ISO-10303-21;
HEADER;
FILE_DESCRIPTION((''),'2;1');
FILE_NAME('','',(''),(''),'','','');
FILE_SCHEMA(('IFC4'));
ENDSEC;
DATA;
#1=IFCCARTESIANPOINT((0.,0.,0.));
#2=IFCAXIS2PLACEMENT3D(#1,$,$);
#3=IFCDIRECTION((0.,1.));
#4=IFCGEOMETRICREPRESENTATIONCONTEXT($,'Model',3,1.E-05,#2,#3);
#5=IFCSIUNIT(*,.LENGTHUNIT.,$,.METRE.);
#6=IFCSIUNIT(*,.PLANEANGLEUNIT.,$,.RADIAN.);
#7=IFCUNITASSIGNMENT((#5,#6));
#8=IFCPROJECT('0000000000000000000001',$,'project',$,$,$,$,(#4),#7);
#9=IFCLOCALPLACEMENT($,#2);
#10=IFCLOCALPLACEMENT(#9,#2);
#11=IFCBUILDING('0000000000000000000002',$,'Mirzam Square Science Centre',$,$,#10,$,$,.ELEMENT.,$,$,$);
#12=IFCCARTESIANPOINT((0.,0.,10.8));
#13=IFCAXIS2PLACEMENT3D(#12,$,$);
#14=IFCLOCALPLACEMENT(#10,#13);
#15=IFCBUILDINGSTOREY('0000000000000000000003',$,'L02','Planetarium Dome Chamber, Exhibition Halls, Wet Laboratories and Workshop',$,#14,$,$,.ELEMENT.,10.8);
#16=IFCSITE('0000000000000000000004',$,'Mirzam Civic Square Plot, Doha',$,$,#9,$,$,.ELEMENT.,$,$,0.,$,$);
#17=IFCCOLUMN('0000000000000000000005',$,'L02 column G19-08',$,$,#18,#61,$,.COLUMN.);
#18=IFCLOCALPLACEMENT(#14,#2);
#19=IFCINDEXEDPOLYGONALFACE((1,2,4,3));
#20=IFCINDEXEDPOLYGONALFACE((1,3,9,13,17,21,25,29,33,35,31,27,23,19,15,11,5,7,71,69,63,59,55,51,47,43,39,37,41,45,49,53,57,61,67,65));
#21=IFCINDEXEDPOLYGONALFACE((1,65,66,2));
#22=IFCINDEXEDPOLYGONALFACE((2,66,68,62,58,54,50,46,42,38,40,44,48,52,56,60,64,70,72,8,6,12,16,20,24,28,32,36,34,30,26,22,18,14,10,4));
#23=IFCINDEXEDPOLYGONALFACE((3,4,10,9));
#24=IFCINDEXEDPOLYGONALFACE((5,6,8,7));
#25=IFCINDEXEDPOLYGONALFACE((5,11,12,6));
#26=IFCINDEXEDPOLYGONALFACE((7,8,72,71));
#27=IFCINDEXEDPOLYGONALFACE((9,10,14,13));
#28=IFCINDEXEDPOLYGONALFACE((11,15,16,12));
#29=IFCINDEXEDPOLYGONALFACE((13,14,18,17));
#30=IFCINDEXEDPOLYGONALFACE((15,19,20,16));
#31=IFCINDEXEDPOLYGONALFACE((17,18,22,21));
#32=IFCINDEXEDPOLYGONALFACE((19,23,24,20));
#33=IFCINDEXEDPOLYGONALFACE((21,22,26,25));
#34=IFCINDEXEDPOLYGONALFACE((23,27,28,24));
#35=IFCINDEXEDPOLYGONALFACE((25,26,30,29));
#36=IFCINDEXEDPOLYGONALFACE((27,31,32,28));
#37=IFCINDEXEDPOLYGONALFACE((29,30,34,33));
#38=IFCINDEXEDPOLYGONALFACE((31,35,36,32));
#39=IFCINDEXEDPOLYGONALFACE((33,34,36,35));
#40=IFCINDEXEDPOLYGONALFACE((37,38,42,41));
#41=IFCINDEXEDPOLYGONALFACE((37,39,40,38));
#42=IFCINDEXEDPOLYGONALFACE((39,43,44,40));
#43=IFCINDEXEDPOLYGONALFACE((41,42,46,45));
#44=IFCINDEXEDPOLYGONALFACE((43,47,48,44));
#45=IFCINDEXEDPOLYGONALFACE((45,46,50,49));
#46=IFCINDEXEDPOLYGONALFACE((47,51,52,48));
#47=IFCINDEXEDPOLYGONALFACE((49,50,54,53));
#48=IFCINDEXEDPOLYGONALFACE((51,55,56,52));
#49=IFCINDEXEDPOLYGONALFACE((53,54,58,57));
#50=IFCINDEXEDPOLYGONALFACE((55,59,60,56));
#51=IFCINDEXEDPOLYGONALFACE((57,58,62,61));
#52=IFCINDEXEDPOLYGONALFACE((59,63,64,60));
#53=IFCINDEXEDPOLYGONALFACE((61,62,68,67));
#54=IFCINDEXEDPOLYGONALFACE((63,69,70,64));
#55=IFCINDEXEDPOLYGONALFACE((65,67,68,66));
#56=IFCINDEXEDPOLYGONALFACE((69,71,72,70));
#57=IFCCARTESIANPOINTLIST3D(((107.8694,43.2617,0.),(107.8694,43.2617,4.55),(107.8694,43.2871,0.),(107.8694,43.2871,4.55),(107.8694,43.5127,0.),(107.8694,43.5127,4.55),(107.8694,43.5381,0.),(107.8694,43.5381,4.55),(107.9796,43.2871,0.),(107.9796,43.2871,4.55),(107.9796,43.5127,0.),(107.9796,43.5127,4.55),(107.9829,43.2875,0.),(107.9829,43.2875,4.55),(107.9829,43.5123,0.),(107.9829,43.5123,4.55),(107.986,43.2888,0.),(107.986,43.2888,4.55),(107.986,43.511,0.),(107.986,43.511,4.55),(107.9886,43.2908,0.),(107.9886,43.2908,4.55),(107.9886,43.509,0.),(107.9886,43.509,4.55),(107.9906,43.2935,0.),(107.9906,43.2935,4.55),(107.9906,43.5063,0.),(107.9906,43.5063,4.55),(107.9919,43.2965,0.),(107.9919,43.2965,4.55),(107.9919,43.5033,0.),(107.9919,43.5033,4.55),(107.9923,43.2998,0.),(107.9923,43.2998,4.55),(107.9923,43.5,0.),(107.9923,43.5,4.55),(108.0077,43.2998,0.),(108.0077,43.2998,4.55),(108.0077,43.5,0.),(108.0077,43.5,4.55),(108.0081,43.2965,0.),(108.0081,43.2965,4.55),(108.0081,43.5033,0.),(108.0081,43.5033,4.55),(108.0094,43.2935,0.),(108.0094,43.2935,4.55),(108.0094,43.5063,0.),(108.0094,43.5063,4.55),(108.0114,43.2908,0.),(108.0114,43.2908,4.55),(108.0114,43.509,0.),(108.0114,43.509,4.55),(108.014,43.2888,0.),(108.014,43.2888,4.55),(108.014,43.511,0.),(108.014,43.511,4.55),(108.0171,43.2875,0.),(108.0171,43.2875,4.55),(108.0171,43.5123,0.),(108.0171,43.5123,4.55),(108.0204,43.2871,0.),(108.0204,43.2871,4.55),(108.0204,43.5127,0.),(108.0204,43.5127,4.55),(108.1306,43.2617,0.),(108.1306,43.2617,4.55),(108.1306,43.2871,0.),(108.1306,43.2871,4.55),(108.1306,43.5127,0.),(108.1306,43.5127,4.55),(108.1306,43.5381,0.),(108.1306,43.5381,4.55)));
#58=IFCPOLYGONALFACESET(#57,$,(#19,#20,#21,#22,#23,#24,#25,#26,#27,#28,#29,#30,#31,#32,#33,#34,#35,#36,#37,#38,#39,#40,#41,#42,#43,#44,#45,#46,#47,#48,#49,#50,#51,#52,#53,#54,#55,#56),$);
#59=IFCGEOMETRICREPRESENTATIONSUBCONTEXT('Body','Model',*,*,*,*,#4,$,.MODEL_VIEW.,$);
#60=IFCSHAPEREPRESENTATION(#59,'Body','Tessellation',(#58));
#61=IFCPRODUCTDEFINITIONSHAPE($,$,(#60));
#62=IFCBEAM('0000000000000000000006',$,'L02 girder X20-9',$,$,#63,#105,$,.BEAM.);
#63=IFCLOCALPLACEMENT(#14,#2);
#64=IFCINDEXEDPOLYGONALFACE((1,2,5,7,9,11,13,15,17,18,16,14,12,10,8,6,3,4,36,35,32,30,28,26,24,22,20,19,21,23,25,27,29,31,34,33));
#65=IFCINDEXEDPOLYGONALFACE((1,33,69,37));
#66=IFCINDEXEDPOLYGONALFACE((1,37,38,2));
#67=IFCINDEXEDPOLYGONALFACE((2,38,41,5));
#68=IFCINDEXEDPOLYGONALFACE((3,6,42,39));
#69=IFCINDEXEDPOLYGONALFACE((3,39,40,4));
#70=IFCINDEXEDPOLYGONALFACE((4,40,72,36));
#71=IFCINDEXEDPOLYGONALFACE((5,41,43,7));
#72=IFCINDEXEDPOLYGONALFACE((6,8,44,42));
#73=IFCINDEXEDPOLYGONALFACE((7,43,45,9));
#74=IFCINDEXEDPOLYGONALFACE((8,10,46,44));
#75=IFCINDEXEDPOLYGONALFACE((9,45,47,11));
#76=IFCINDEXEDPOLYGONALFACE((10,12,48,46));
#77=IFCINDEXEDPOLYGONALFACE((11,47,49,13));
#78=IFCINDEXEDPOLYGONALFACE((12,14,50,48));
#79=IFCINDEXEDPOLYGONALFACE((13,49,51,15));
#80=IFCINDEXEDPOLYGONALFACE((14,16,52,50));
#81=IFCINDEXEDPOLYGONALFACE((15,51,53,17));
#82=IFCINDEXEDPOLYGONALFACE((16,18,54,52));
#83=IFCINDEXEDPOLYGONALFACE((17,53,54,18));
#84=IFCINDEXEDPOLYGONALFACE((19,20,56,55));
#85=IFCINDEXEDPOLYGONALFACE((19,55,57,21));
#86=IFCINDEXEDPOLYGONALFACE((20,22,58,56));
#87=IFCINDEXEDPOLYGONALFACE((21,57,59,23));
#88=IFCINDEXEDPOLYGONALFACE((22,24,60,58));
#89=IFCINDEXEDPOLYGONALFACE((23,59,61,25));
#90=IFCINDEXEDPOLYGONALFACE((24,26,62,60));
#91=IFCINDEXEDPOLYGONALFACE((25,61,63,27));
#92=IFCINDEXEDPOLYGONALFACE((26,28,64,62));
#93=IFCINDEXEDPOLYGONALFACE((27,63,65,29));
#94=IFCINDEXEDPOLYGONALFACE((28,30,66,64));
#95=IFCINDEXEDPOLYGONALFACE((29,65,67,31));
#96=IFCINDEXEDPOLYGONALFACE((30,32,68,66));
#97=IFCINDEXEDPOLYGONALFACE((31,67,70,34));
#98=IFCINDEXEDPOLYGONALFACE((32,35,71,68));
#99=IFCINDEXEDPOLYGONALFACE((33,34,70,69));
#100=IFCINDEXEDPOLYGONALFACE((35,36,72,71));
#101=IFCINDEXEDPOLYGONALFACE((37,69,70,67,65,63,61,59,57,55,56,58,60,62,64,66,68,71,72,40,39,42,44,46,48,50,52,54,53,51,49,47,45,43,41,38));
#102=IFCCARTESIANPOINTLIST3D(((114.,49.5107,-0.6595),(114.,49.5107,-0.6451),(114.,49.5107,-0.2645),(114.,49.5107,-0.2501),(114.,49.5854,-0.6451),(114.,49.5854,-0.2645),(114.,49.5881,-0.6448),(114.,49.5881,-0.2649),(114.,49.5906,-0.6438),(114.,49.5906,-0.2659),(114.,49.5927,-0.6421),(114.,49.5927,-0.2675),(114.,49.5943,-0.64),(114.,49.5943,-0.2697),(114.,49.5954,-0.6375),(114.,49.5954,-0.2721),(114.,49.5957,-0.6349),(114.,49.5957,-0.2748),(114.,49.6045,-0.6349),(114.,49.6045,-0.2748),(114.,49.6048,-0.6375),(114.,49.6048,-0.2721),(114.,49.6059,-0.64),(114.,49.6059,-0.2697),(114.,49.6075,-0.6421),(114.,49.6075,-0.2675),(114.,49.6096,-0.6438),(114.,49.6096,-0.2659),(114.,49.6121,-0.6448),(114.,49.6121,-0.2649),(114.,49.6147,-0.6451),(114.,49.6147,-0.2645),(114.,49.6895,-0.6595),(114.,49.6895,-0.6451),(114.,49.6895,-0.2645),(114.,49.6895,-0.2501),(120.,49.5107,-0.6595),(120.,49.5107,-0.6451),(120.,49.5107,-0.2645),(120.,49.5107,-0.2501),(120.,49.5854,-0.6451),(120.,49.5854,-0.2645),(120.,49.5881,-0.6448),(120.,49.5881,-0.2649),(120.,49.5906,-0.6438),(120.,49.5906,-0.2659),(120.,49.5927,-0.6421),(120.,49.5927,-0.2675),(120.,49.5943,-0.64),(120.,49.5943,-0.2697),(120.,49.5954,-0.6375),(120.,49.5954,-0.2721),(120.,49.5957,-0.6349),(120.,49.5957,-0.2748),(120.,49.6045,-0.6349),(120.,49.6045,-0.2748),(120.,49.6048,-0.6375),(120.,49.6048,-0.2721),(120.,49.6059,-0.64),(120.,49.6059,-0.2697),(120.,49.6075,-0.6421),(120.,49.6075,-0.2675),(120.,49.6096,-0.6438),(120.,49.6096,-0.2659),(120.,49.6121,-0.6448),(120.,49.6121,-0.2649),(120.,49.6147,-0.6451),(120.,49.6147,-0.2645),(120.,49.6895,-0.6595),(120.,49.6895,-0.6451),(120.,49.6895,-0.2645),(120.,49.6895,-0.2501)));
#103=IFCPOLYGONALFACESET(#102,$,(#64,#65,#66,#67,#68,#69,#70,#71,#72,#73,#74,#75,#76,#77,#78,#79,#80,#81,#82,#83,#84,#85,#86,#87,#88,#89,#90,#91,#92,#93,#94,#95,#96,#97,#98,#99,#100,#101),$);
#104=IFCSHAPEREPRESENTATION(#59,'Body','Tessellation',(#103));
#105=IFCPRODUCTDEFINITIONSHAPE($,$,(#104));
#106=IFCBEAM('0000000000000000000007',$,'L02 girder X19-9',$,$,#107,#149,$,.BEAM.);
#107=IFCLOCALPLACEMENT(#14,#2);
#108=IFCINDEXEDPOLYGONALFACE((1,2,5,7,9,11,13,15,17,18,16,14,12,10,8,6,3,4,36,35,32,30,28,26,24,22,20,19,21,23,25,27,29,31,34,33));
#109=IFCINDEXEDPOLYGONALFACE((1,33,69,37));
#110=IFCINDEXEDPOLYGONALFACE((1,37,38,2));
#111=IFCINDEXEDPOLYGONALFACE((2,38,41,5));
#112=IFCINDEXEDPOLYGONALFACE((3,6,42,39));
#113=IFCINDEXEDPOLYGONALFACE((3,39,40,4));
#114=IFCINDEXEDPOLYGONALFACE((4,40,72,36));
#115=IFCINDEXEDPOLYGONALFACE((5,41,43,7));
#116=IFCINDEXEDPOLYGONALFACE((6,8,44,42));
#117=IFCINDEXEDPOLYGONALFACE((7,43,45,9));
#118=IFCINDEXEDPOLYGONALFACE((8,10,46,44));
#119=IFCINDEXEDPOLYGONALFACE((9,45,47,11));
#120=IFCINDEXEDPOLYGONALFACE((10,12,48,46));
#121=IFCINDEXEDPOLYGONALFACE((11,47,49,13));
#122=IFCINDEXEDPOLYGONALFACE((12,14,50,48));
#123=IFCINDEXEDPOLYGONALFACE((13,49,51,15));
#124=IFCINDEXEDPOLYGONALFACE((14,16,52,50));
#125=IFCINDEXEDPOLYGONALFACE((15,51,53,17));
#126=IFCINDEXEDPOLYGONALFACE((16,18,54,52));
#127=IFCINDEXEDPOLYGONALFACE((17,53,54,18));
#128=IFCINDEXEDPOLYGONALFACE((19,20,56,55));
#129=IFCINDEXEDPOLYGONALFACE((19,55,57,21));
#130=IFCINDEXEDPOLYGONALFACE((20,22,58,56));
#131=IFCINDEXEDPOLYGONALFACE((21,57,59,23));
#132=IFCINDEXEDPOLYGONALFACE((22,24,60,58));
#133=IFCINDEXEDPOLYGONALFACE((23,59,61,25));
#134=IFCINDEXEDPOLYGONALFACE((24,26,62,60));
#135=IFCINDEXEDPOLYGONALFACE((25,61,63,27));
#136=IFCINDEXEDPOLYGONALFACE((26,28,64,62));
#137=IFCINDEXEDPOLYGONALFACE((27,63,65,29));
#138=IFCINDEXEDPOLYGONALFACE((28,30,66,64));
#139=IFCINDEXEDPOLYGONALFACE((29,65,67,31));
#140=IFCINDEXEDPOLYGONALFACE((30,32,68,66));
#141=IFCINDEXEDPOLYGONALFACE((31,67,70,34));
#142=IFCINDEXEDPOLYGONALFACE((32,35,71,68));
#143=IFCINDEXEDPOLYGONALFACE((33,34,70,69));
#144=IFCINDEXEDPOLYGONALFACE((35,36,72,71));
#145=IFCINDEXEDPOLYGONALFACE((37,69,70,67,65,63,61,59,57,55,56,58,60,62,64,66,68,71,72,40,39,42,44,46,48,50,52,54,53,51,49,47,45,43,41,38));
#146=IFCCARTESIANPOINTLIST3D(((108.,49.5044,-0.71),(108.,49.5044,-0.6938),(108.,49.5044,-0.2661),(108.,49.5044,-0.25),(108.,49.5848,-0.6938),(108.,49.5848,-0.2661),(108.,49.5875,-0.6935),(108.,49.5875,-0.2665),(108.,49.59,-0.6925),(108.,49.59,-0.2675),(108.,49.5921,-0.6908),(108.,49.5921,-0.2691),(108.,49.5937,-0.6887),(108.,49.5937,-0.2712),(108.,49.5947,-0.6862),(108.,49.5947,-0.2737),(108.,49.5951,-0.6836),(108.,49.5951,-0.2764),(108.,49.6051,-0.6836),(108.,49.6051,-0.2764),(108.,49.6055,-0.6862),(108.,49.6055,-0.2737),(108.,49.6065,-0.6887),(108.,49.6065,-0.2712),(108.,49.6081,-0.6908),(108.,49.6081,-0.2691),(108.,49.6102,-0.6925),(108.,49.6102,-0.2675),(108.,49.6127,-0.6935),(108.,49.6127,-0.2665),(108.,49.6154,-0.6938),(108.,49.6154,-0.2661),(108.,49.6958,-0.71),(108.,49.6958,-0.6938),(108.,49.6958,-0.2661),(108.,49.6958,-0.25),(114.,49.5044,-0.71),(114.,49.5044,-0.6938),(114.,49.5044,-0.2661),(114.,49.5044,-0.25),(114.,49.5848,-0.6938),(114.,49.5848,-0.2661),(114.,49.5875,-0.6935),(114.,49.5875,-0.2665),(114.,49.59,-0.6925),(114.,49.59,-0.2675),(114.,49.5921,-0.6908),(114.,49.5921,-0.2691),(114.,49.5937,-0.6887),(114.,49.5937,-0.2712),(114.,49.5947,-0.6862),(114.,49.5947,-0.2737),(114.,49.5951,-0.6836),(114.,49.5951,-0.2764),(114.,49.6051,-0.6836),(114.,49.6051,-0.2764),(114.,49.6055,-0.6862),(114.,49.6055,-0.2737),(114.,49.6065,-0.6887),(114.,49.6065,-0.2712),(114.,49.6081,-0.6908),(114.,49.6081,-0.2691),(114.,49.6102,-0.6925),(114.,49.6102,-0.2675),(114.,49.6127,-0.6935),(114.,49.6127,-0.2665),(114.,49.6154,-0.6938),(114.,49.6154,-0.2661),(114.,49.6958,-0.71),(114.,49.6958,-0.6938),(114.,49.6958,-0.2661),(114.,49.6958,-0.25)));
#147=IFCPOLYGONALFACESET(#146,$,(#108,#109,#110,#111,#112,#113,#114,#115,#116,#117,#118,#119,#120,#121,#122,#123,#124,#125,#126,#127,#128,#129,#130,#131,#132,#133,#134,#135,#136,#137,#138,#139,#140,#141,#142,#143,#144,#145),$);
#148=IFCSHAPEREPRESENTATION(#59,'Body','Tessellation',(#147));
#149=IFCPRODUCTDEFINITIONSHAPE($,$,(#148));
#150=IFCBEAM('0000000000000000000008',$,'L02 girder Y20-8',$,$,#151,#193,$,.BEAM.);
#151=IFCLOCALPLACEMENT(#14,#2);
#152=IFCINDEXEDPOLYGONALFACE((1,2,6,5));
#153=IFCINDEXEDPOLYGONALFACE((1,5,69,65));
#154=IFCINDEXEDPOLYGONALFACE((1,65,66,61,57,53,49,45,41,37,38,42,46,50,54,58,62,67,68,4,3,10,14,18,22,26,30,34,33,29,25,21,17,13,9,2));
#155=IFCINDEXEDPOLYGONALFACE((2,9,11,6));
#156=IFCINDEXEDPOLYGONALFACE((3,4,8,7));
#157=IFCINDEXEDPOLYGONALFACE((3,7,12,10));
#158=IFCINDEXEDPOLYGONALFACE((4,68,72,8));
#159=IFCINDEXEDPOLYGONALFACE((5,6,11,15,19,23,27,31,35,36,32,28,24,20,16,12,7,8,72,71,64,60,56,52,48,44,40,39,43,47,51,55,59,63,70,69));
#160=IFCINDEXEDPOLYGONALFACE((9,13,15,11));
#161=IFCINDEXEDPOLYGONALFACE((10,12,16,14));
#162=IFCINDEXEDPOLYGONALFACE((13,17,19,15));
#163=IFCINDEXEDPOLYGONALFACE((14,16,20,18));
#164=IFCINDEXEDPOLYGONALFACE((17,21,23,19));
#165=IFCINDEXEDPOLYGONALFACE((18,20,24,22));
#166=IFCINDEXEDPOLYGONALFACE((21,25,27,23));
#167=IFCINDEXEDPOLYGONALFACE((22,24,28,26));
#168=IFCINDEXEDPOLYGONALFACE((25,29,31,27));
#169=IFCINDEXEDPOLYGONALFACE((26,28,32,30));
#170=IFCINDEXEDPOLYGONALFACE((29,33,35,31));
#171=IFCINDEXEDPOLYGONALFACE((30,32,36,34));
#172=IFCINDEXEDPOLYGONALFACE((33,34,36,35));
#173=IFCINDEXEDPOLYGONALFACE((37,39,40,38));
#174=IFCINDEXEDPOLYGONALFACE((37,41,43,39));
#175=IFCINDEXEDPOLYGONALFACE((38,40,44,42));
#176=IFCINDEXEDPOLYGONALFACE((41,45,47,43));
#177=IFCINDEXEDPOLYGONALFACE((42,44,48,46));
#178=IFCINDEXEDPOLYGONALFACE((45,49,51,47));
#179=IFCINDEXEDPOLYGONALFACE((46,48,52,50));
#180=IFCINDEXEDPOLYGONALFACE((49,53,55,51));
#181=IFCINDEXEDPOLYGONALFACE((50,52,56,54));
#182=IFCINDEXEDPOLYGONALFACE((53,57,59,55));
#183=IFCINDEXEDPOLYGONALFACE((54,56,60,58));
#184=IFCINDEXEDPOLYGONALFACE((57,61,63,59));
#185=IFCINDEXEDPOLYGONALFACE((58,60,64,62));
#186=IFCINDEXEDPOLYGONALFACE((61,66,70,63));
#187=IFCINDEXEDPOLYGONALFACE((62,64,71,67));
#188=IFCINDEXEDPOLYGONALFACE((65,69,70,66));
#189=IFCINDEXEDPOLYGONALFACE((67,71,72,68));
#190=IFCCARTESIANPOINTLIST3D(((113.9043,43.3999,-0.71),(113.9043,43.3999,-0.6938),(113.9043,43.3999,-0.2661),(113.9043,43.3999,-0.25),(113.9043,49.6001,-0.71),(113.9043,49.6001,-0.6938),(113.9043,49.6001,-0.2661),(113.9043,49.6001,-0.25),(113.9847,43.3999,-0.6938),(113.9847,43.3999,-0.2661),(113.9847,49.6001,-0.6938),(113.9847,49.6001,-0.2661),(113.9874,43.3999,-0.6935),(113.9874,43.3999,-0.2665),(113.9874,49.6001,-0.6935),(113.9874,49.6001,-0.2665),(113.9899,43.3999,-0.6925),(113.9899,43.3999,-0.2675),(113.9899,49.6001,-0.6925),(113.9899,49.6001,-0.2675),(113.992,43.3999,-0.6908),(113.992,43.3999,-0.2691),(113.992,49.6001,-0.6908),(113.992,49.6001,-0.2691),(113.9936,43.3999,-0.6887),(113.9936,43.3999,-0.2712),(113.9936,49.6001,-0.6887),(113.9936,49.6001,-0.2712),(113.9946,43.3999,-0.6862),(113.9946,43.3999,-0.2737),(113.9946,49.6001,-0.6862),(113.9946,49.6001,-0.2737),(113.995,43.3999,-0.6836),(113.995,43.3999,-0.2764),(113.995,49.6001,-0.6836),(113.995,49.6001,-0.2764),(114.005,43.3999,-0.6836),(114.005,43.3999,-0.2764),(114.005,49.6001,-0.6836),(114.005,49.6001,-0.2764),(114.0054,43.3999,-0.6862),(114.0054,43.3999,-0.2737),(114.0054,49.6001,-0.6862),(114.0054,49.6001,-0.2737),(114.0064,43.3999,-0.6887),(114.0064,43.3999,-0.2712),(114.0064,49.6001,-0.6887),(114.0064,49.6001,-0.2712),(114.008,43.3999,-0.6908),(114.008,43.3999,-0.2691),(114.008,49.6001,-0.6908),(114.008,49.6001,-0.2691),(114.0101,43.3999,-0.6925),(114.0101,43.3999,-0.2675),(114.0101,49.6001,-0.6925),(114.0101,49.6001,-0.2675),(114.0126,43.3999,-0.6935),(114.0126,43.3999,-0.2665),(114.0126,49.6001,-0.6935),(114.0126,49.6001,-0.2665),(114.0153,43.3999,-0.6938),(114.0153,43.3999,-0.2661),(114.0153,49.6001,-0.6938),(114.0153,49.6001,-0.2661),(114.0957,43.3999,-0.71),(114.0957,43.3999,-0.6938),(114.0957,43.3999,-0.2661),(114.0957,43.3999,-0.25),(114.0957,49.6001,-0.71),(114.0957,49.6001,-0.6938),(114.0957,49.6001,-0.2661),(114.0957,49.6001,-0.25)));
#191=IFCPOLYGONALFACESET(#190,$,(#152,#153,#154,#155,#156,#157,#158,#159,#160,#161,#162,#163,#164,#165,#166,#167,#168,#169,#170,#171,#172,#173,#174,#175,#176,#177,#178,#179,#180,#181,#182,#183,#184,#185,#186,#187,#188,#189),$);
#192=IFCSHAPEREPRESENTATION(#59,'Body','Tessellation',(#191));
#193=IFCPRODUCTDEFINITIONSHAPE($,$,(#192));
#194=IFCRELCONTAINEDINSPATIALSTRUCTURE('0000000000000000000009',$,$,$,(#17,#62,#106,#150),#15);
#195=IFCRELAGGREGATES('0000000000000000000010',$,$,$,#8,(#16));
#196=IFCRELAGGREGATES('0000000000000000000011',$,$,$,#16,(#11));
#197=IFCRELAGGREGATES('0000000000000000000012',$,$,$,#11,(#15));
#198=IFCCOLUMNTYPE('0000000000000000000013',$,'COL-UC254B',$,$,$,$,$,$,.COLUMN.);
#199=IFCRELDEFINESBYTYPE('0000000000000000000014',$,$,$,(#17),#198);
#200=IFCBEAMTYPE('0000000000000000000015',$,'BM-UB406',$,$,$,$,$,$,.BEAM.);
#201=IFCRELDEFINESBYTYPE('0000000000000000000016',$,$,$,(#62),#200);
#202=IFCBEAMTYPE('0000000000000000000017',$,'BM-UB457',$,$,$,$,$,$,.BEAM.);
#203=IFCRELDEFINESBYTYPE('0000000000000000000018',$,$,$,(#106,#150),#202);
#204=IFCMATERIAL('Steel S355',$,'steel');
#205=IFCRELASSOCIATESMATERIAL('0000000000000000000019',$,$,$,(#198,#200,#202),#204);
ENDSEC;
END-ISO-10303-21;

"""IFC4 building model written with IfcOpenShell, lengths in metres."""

from ifc_helpers import new_model, si_unit, direction, frame, origin, origin_2d, place, context, subcontext, project, spatial, i_section, extrude, material, material_profile, profile_set, type_object, element, save


model = new_model("IFC4")

# Units and contexts
model_context = context("Model", 3, precision=1e-05, world=origin(), true_north=direction((0.0, 1.0)))
body_context = subcontext(model_context, "Body", "Model", "MODEL_VIEW")
ifc_project = project(units=[si_unit("LENGTHUNIT", "METRE"), si_unit("PLANEANGLEUNIT", "RADIAN")], contexts=[model_context])

# Site, building, storey
site_placement = place(None, origin())
site = spatial("IfcSite", under=ifc_project, at=site_placement, Name="Mirzam Civic Square Plot, Doha", CompositionType="ELEMENT", RefElevation=0.0)
building_placement = place(site_placement, origin())
building = spatial("IfcBuilding", under=site, at=building_placement, Name="Mirzam Square Science Centre", CompositionType="ELEMENT")
storey_placement = place(building_placement, frame((0.0, 0.0, 10.8)))
storey = spatial("IfcBuildingStorey", under=building, at=storey_placement, Name="L02", Description="Planetarium Dome Chamber, Exhibition Halls, Wet Laboratories and Workshop", CompositionType="ELEMENT", Elevation=10.8)

# Column
ifc_material_1 = material(Name="Steel S355", Category="steel")
ifc_material_profile_1 = material_profile(ifc_material_1, i_section(OverallWidth=0.2612, OverallDepth=0.2764, WebThickness=0.0154, FlangeThickness=0.0254, FilletRadius=0.0127, at=origin_2d()), Name="254x254x132UC")
ifc_profile_set_1 = profile_set([ifc_material_profile_1], Name="Steel S355")
column_type_1 = type_object("IfcColumnType", Name="COL-UC254B", PredefinedType="COLUMN", material=ifc_profile_set_1)
column_1_placement = place(storey_placement, frame((108.0, 43.3999, 0.0), z_axis=(0.0, 0.0, 1.0), x_axis=(1.0, 0.0, 0.0)))
element("IfcColumn", 1, at=column_1_placement, inside=storey, type_object=column_type_1, Name="L02 column G19-08", PredefinedType="COLUMN", context=body_context, shape_type="SweptSolid", body=[
    extrude(i_section(OverallWidth=0.2612, OverallDepth=0.2764, WebThickness=0.0154, FlangeThickness=0.0254, FilletRadius=0.0127, at=origin_2d()), origin(), (0.0, 0.0, 1.0), 4.55),
])

# Beams
ifc_material_profile_2 = material_profile(ifc_material_1, i_section(OverallWidth=0.1787, OverallDepth=0.4094, WebThickness=0.0088, FlangeThickness=0.0144, FilletRadius=0.0103, at=origin_2d()), Name="406x178x67UB")
ifc_profile_set_2 = profile_set([ifc_material_profile_2], Name="Steel S355")
beam_type_1 = type_object("IfcBeamType", Name="BM-UB406", PredefinedType="BEAM", material=ifc_profile_set_2)
beam_1_placement = place(storey_placement, frame((114.0, 49.6001, -0.4548), z_axis=(1.0, 0.0, 0.0), x_axis=(0.0, 1.0, 0.0)))
element("IfcBeam", 2, at=beam_1_placement, inside=storey, type_object=beam_type_1, Name="L02 girder X20-9", PredefinedType="BEAM", context=body_context, shape_type="SweptSolid", body=[
    extrude(i_section(OverallWidth=0.1787, OverallDepth=0.4094, WebThickness=0.0088, FlangeThickness=0.0144, FilletRadius=0.0103, at=origin_2d()), origin(), (0.0, 0.0, 1.0), 6.0),
])
ifc_material_profile_3 = material_profile(ifc_material_1, i_section(OverallWidth=0.1914, OverallDepth=0.46, WebThickness=0.01, FlangeThickness=0.0161, FilletRadius=0.0103, at=origin_2d()), Name="457x191x82UB")
ifc_profile_set_3 = profile_set([ifc_material_profile_3], Name="Steel S355")
beam_type_2 = type_object("IfcBeamType", Name="BM-UB457", PredefinedType="BEAM", material=ifc_profile_set_3)
beam_2_placement = place(storey_placement, frame((108.0, 49.6001, -0.48), z_axis=(1.0, 0.0, 0.0), x_axis=(0.0, 1.0, 0.0)))
element("IfcBeam", 3, at=beam_2_placement, inside=storey, type_object=beam_type_2, Name="L02 girder X19-9", PredefinedType="BEAM", context=body_context, shape_type="SweptSolid", body=[
    extrude(i_section(OverallWidth=0.1914, OverallDepth=0.46, WebThickness=0.01, FlangeThickness=0.0161, FilletRadius=0.0103, at=origin_2d()), origin(), (0.0, 0.0, 1.0), 6.0),
])
beam_3_placement = place(storey_placement, frame((114.0, 43.3999, -0.48), z_axis=(0.0, 1.0, 0.0), x_axis=(-1.0, 0.0, 0.0)))
element("IfcBeam", 4, at=beam_3_placement, inside=storey, type_object=beam_type_2, Name="L02 girder Y20-8", PredefinedType="BEAM", context=body_context, shape_type="SweptSolid", body=[
    extrude(i_section(OverallWidth=0.1914, OverallDepth=0.46, WebThickness=0.01, FlangeThickness=0.0161, FilletRadius=0.0103, at=origin_2d()), origin(), (0.0, 0.0, 1.0), 6.2002),
])

save(model, "model.ifc")
